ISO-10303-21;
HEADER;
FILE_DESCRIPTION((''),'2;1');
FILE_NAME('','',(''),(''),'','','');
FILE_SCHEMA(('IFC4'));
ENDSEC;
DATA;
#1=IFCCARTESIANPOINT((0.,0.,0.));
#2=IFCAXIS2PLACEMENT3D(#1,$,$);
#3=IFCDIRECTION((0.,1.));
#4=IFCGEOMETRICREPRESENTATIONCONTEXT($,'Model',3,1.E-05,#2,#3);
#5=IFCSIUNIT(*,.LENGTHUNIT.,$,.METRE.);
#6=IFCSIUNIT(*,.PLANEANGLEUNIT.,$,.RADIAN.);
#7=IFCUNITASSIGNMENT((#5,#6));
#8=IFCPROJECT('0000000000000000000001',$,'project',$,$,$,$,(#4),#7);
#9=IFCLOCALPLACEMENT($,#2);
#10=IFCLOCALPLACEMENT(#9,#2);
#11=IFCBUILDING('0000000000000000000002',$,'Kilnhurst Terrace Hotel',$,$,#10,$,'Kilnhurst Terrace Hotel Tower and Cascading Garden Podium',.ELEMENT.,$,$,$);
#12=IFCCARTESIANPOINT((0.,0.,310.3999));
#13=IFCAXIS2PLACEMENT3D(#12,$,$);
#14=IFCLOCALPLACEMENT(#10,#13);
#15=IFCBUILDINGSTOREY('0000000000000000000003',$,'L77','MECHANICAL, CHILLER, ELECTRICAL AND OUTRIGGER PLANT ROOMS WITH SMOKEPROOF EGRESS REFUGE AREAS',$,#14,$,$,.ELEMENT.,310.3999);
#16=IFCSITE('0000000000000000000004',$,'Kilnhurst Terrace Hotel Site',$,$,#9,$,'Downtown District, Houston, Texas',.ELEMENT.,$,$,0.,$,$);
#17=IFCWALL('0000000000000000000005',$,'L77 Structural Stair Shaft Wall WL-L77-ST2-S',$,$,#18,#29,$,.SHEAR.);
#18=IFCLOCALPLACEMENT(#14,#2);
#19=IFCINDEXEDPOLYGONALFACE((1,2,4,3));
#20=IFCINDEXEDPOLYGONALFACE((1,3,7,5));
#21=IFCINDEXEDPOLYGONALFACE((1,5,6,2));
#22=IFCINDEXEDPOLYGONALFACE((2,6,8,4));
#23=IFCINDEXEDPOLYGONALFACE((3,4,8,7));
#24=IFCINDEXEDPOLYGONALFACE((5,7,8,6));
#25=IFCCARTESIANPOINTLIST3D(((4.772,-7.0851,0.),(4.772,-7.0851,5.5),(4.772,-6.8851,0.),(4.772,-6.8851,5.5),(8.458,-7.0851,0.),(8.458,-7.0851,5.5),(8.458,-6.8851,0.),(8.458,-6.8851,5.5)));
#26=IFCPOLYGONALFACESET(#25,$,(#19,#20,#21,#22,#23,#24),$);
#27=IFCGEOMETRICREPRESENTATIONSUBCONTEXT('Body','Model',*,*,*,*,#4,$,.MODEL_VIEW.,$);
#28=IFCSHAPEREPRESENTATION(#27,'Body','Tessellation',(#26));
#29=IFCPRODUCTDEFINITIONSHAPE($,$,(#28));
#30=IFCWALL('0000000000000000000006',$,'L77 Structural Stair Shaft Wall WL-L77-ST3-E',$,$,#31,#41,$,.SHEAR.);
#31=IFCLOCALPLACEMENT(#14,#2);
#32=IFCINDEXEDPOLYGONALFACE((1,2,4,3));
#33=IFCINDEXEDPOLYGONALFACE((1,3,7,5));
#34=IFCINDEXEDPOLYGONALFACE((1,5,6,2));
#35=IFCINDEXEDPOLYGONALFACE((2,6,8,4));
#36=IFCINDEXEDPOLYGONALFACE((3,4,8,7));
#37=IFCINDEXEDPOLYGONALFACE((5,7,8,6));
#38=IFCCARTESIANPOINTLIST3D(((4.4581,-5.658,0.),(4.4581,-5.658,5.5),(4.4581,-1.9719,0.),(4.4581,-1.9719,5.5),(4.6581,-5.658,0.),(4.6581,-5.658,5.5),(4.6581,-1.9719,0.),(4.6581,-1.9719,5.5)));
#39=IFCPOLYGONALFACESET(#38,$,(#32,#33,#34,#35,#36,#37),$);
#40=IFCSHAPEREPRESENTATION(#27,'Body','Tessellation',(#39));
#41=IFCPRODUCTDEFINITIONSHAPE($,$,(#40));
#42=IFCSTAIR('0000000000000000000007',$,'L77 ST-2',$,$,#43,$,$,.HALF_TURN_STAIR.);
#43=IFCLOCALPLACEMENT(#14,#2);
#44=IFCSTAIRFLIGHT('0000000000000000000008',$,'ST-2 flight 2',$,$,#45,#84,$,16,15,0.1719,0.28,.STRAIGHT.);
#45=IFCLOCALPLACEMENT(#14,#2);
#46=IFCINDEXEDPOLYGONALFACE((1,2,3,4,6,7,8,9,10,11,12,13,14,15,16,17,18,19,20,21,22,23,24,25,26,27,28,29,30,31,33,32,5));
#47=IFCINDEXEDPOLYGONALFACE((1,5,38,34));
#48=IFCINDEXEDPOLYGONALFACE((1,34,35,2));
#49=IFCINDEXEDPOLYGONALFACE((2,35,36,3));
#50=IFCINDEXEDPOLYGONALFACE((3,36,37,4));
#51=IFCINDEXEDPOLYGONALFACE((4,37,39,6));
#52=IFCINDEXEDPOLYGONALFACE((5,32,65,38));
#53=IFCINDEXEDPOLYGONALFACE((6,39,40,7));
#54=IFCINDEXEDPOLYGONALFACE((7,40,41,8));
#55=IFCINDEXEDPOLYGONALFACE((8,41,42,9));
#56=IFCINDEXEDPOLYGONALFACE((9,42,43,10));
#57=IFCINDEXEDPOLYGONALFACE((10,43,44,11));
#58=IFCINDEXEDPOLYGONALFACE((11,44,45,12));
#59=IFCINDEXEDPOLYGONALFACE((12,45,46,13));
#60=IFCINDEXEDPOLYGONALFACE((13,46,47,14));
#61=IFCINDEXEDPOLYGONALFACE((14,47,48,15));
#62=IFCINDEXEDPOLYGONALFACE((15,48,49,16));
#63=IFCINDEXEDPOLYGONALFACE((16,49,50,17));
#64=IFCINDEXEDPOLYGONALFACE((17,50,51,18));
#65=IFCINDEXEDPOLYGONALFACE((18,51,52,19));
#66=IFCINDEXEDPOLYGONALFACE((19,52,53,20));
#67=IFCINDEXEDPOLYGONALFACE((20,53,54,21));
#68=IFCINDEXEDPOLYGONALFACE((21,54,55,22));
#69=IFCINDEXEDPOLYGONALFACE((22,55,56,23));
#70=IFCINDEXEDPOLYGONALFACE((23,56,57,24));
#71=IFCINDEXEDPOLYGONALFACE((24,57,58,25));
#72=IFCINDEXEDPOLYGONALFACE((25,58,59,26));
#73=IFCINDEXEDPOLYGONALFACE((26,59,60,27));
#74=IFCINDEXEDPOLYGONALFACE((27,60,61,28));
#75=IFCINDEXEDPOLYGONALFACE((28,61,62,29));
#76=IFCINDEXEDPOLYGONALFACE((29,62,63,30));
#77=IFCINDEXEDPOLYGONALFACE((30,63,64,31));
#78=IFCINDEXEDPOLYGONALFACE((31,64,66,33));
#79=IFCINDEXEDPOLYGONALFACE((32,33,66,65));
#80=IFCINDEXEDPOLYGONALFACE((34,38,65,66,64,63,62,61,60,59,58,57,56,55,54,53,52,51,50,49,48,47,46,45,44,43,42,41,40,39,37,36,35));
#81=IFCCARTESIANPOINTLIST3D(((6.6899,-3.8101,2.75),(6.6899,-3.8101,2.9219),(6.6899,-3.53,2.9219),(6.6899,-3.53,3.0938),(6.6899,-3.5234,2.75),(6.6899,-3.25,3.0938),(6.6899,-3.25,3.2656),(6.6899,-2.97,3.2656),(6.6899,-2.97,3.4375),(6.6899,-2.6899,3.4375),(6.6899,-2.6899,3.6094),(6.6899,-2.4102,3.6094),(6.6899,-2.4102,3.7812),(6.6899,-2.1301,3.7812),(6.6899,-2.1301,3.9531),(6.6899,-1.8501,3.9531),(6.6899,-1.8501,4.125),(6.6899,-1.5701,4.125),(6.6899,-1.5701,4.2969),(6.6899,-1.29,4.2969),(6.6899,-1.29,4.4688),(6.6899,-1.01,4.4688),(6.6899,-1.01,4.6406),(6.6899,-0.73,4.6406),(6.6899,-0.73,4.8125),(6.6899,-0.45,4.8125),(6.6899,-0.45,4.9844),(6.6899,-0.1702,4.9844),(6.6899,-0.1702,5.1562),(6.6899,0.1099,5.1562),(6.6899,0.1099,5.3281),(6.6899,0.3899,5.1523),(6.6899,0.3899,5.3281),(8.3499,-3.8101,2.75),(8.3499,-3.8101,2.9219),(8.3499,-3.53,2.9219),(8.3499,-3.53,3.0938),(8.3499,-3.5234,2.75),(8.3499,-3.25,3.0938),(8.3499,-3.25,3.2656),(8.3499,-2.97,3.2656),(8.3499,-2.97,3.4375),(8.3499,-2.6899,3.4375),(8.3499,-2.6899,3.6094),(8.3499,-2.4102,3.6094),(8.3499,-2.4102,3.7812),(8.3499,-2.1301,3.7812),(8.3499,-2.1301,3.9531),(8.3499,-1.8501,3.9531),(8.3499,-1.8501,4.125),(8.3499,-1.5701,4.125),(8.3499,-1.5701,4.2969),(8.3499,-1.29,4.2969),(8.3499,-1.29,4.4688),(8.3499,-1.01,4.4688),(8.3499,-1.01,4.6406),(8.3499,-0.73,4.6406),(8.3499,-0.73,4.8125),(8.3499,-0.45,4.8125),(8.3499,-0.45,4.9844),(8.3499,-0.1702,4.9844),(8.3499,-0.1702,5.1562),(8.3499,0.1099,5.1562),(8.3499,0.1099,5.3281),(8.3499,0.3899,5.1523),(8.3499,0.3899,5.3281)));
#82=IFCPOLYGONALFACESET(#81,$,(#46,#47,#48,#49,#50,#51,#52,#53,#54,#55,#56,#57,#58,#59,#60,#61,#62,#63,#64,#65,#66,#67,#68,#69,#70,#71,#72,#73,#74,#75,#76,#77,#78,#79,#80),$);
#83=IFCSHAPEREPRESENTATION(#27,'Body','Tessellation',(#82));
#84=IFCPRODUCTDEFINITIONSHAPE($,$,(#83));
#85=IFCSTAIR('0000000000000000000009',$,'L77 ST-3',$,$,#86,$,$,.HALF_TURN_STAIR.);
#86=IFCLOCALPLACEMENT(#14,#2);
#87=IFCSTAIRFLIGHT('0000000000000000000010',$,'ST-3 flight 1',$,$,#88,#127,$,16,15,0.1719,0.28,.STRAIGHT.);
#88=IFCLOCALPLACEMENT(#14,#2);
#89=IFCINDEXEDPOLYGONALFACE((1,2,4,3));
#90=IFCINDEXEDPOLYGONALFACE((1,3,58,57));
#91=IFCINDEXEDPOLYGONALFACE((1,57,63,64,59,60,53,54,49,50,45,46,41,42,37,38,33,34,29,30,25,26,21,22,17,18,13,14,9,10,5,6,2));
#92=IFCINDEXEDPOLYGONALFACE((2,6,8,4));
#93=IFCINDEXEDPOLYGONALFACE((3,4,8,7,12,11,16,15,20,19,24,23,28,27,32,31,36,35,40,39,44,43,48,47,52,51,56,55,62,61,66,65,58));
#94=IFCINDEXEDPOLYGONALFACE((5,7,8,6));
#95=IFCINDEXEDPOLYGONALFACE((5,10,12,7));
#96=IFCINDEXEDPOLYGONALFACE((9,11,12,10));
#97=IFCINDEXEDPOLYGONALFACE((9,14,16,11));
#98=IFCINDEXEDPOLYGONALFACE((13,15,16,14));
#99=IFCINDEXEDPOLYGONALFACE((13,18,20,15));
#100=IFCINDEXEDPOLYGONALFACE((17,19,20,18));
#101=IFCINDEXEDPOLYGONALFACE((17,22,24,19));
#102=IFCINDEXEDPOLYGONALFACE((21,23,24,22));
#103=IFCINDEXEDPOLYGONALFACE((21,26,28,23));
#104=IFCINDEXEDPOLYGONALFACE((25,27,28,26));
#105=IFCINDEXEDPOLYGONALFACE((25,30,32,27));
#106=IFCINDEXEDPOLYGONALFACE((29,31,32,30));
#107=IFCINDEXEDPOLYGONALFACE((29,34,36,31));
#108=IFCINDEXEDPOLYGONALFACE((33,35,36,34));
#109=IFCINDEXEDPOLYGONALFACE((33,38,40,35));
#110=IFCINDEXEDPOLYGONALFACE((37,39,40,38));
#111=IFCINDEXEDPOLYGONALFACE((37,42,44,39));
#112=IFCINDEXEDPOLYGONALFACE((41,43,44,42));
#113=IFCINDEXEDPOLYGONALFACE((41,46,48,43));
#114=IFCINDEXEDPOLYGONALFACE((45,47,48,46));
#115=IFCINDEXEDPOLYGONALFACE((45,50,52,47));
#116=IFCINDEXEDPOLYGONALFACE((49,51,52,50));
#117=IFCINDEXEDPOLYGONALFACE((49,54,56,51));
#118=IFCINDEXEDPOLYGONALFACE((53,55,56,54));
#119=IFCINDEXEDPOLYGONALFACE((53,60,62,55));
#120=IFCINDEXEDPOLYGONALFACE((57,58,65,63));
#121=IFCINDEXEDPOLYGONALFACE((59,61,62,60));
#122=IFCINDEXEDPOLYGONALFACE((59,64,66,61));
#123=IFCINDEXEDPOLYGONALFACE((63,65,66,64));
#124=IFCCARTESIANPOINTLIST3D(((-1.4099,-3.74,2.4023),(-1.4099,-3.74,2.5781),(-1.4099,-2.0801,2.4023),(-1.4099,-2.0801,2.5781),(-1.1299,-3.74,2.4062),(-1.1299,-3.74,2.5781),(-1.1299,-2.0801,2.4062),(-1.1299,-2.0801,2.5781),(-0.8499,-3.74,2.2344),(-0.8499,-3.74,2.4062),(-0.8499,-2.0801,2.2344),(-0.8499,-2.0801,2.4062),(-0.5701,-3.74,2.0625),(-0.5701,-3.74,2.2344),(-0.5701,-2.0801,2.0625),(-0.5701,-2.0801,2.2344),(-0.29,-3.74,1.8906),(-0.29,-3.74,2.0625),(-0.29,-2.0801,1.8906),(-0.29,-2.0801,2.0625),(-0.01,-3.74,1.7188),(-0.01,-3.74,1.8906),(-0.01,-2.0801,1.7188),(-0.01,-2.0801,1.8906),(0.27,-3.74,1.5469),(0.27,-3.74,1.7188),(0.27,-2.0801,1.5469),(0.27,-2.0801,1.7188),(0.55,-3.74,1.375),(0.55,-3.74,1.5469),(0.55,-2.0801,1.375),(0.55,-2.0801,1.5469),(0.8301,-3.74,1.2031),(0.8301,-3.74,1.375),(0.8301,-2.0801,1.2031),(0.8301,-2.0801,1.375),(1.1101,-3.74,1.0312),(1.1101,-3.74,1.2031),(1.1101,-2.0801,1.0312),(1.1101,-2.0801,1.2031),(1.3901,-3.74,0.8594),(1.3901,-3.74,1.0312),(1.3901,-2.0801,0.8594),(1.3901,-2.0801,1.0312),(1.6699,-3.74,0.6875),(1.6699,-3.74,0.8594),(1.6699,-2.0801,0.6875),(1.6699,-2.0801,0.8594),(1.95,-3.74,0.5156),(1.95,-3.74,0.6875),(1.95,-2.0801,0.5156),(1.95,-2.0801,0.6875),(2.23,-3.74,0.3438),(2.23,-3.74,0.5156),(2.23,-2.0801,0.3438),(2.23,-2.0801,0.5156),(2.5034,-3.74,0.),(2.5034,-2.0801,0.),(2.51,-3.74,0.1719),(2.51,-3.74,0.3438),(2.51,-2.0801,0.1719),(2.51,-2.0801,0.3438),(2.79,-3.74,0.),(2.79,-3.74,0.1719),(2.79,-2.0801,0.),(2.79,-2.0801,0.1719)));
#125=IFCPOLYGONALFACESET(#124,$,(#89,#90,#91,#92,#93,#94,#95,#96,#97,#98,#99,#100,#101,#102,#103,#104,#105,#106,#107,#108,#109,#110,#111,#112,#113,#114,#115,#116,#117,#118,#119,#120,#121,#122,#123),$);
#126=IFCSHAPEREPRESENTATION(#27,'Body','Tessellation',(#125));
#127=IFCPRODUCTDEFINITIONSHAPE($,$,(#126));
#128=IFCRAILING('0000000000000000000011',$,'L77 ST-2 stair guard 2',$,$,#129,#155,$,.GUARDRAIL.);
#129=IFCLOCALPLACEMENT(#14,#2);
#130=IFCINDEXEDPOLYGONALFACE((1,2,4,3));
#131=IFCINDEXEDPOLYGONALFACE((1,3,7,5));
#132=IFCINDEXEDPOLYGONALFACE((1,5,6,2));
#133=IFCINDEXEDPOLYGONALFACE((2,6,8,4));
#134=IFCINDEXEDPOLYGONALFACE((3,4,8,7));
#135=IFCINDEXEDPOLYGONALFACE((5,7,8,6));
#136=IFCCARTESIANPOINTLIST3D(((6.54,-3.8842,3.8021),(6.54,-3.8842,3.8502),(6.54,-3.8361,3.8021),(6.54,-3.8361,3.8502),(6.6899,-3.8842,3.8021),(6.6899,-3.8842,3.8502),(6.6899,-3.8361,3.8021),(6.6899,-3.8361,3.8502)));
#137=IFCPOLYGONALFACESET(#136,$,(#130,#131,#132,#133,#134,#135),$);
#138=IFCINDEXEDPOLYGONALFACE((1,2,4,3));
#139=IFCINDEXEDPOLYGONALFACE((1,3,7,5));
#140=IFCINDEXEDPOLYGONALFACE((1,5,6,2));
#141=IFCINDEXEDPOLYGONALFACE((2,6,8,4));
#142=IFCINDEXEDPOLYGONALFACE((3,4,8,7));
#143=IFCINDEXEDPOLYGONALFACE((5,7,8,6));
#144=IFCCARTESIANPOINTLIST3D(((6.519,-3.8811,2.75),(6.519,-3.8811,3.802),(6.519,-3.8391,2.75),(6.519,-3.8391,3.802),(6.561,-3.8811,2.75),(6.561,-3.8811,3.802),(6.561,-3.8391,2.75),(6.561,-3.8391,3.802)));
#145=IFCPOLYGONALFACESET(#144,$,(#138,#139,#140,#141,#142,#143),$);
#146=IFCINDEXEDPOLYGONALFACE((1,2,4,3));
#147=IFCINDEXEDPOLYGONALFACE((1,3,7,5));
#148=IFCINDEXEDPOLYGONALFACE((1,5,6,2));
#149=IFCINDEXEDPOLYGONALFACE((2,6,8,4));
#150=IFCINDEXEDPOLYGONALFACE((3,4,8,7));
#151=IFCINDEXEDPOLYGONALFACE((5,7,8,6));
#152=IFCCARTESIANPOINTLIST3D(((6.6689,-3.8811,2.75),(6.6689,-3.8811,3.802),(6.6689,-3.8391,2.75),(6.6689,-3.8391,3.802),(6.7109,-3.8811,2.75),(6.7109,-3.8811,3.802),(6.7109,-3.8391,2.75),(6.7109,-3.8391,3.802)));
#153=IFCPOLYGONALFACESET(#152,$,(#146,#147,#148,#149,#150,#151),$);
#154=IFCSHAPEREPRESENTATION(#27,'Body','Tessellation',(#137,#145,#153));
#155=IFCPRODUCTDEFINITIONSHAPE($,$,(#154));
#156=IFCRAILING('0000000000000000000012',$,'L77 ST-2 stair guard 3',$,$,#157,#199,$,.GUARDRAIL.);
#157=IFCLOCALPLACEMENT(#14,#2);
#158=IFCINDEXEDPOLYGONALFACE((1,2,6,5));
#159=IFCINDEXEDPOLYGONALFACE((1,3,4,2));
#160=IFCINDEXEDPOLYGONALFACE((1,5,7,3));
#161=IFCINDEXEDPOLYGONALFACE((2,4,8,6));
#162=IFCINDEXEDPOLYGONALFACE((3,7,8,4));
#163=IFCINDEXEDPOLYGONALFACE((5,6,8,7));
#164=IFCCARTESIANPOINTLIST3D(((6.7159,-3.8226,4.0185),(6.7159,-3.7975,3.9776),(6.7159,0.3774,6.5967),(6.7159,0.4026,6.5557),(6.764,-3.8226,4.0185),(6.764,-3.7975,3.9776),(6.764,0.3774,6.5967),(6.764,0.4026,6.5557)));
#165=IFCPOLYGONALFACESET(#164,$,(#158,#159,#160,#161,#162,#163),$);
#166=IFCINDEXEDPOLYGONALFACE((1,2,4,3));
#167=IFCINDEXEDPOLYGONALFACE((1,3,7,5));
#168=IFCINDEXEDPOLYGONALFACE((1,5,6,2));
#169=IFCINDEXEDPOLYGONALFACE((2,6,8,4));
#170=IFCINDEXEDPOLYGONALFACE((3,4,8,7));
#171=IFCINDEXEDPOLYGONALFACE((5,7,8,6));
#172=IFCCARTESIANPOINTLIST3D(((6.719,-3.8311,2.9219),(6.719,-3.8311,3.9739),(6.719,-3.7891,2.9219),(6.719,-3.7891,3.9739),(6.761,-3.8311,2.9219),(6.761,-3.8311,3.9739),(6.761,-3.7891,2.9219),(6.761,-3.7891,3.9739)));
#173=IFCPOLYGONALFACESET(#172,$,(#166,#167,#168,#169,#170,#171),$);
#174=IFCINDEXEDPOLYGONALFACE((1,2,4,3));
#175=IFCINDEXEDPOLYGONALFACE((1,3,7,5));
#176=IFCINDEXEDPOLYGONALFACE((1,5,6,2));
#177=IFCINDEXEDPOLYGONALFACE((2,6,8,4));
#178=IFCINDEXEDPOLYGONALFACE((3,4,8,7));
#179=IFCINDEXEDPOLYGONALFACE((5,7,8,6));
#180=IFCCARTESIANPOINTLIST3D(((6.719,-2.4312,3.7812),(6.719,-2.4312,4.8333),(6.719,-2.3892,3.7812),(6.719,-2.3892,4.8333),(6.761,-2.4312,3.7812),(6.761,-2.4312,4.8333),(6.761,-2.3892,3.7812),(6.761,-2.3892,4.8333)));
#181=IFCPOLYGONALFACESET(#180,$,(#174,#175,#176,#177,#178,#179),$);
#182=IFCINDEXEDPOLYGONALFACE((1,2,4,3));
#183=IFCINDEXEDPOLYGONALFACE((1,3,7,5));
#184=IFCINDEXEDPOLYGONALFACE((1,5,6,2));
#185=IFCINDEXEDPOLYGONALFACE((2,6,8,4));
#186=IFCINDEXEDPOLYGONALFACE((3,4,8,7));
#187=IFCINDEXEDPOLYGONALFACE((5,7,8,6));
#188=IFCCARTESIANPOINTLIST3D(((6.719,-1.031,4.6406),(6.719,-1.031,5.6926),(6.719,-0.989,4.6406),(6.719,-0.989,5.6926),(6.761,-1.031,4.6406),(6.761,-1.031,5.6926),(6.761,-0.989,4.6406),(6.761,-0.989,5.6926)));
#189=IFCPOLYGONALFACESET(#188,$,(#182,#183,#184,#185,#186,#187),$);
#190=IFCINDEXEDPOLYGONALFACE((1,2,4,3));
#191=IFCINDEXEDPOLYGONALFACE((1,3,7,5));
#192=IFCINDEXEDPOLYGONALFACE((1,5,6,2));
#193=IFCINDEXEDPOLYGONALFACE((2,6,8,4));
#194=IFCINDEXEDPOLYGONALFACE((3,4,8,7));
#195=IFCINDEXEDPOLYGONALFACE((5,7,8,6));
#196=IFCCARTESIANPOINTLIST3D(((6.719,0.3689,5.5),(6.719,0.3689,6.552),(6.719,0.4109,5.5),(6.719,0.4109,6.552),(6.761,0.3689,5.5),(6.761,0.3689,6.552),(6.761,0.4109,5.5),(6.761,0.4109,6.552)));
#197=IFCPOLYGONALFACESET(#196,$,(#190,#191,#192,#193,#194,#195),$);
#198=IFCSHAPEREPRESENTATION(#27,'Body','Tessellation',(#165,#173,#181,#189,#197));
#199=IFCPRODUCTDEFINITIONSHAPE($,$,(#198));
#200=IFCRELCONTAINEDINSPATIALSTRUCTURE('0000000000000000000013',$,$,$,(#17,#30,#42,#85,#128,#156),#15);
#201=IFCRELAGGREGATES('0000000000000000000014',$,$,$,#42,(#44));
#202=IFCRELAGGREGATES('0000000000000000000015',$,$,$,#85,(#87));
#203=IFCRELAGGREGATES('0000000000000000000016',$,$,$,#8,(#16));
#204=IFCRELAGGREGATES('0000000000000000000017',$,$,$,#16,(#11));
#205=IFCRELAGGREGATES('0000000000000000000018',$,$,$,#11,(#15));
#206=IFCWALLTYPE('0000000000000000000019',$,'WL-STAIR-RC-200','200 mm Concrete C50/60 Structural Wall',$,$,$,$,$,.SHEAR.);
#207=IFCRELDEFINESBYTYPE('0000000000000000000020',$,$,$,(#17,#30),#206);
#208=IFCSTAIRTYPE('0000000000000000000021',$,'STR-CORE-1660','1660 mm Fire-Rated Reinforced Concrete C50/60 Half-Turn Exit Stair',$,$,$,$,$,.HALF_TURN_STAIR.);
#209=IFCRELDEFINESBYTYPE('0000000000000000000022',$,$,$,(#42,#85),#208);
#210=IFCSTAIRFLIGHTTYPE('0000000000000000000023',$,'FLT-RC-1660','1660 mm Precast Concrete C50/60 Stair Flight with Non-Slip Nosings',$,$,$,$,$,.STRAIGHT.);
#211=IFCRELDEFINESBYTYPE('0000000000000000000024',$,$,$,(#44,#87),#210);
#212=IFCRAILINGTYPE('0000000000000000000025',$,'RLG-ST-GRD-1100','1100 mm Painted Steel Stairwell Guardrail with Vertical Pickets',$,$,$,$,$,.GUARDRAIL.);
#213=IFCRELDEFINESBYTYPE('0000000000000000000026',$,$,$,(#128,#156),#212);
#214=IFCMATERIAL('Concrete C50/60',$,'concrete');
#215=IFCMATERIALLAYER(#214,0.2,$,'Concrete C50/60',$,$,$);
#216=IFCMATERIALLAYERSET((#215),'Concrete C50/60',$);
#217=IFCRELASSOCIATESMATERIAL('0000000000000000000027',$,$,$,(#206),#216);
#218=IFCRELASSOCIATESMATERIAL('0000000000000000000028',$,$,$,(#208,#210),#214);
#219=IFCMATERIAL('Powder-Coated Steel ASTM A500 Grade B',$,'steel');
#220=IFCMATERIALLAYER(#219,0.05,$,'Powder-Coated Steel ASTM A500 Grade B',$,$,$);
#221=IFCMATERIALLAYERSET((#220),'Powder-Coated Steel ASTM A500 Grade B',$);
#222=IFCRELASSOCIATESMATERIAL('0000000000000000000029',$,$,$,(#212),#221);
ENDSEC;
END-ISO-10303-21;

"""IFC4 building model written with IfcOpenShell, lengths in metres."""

from ifc_helpers import new_model, si_unit, direction, frame, frame_2d, origin, origin_2d, place, context, subcontext, project, spatial, polyline, rectangle, outline, extrude, material, layer, layer_set, type_object, element, aggregate, save


model = new_model("IFC4")

# Units and contexts
model_context = context("Model", 3, precision=1e-05, world=origin(), true_north=direction((0.0, 1.0)))
body_context = subcontext(model_context, "Body", "Model", "MODEL_VIEW")
ifc_project = project(units=[si_unit("LENGTHUNIT", "METRE"), si_unit("PLANEANGLEUNIT", "RADIAN")], contexts=[model_context])

# Site, building, storey
site_placement = place(None, origin())
site = spatial("IfcSite", under=ifc_project, at=site_placement, Name="Kilnhurst Terrace Hotel Site", LongName="Downtown District, Houston, Texas", CompositionType="ELEMENT", RefElevation=0.0)
building_placement = place(site_placement, origin())
building = spatial("IfcBuilding", under=site, at=building_placement, Name="Kilnhurst Terrace Hotel", LongName="Kilnhurst Terrace Hotel Tower and Cascading Garden Podium", CompositionType="ELEMENT")
storey_placement = place(building_placement, frame((0.0, 0.0, 310.3999)))
storey = spatial("IfcBuildingStorey", under=building, at=storey_placement, Name="L77", Description="MECHANICAL, CHILLER, ELECTRICAL AND OUTRIGGER PLANT ROOMS WITH SMOKEPROOF EGRESS REFUGE AREAS", CompositionType="ELEMENT", Elevation=310.3999)

# Shared definitions
ifc_material_1 = material(Name="Concrete C50/60", Category="concrete")

# Walls
ifc_layer_1 = layer(ifc_material_1, 0.2, Name="Concrete C50/60")
ifc_layer_set_1 = layer_set([ifc_layer_1], Name="Concrete C50/60")
wall_type_1 = type_object("IfcWallType", Name="WL-STAIR-RC-200", Description="200 mm Concrete C50/60 Structural Wall", PredefinedType="SHEAR", material=ifc_layer_set_1)
for number, where, z_axis, x_axis, name in (
    (1, (4.772, -6.9851, 0.0), (0.0, 0.0, 1.0), (1.0, 0.0, 0.0), "L77 Structural Stair Shaft Wall WL-L77-ST2-S"),
    (2, (4.5581, -5.658, 0.0), (0.0, 0.0, 1.0), (0.0, 1.0, 0.0), "L77 Structural Stair Shaft Wall WL-L77-ST3-E"),
):
    element("IfcWall", number, at=place(storey_placement, frame(where, z_axis=z_axis, x_axis=x_axis)), inside=storey, type_object=wall_type_1, Name=name, PredefinedType="SHEAR", context=body_context, shape_type="SweptSolid", body=[
        extrude(rectangle(XDim=3.686, YDim=0.2, at=frame_2d((1.843, 0.0))), origin(), (0.0, 0.0, 1.0), 5.5),
    ])

# Stairs, stair flights
stair_type = type_object("IfcStairType", Name="STR-CORE-1660", Description="1660 mm Fire-Rated Reinforced Concrete C50/60 Half-Turn Exit Stair", PredefinedType="HALF_TURN_STAIR", material=ifc_material_1)
stair_1_placement = place(storey_placement, origin())
stair_1 = element("IfcStair", 3, at=stair_1_placement, inside=storey, type_object=stair_type, Name="L77 ST-2", PredefinedType="HALF_TURN_STAIR")
stair_flight_type = type_object("IfcStairFlightType", Name="FLT-RC-1660", Description="1660 mm Precast Concrete C50/60 Stair Flight with Non-Slip Nosings", PredefinedType="STRAIGHT", material=ifc_material_1)
stair_flight_1_placement = place(storey_placement, frame((7.52, -3.8101, 2.75), z_axis=(0.0, 0.0, 1.0), x_axis=(0.0, 1.0, 0.0)))
stair_flight_1 = element("IfcStairFlight", 4, at=stair_flight_1_placement, type_object=stair_flight_type, Name="ST-2 flight 2", NumberOfRisers=16, NumberOfTreads=15, PredefinedType="STRAIGHT", RiserHeight=0.1719, TreadLength=0.28, context=body_context, shape_type="SweptSolid", body=[
    extrude(outline(polyline([(0.0, 0.0), (0.0, 0.1719), (0.28, 0.1719), (0.28, 0.3438), (0.5601, 0.3438), (0.5601, 0.5156), (0.8401, 0.5156), (0.8401, 0.6875), (1.1201, 0.6875), (1.1201, 0.8594), (1.3999, 0.8594), (1.3999, 1.0312), (1.6799, 1.0312), (1.6799, 1.2031), (1.96, 1.2031), (1.96, 1.375), (2.24, 1.375), (2.24, 1.5469), (2.52, 1.5469), (2.52, 1.7188), (2.8, 1.7188), (2.8, 1.8906), (3.0801, 1.8906), (3.0801, 2.0625), (3.3601, 2.0625), (3.3601, 2.2344), (3.6399, 2.2344), (3.6399, 2.4062), (3.9199, 2.4062), (3.9199, 2.5781), (4.2, 2.5781), (4.2, 2.75), (4.2, 2.4023), (0.2866, 0.0), (0.0, 0.0)])), frame((0.0, 0.8301, 0.0), z_axis=(0.0, -1.0, 0.0), x_axis=(1.0, 0.0, 0.0)), (0.0, 0.0, 1.0), 1.6599),
])
aggregate(stair_1, [stair_flight_1])
stair_2_placement = place(storey_placement, origin())
stair_2 = element("IfcStair", 5, at=stair_2_placement, inside=storey, type_object=stair_type, Name="L77 ST-3", PredefinedType="HALF_TURN_STAIR")
stair_flight_2_placement = place(storey_placement, frame((2.79, -2.9099, 0.0), z_axis=(0.0, 0.0, 1.0), x_axis=(-1.0, 0.0, 0.0)))
stair_flight_2 = element("IfcStairFlight", 6, at=stair_flight_2_placement, type_object=stair_flight_type, Name="ST-3 flight 1", NumberOfRisers=16, NumberOfTreads=15, PredefinedType="STRAIGHT", RiserHeight=0.1719, TreadLength=0.28, context=body_context, shape_type="SweptSolid", body=[
    extrude(outline(polyline([(0.0, 0.0), (0.0, 0.1719), (0.28, 0.1719), (0.28, 0.3438), (0.5601, 0.3438), (0.5601, 0.5156), (0.8401, 0.5156), (0.8401, 0.6875), (1.1201, 0.6875), (1.1201, 0.8594), (1.3999, 0.8594), (1.3999, 1.0312), (1.6799, 1.0312), (1.6799, 1.2031), (1.96, 1.2031), (1.96, 1.375), (2.24, 1.375), (2.24, 1.5469), (2.52, 1.5469), (2.52, 1.7188), (2.8, 1.7188), (2.8, 1.8906), (3.0801, 1.8906), (3.0801, 2.0625), (3.3601, 2.0625), (3.3601, 2.2344), (3.6399, 2.2344), (3.6399, 2.4062), (3.9199, 2.4062), (3.9199, 2.5781), (4.2, 2.5781), (4.2, 2.75), (4.2, 2.4023), (0.2866, 0.0), (0.0, 0.0)])), frame((0.0, 0.8301, 0.0), z_axis=(0.0, -1.0, 0.0), x_axis=(1.0, 0.0, 0.0)), (0.0, 0.0, 1.0), 1.6599),
])
aggregate(stair_2, [stair_flight_2])

# Railings
ifc_material_2 = material(Name="Powder-Coated Steel ASTM A500 Grade B", Category="steel")
ifc_layer_2 = layer(ifc_material_2, 0.05, Name="Powder-Coated Steel ASTM A500 Grade B")
ifc_layer_set_2 = layer_set([ifc_layer_2], Name="Powder-Coated Steel ASTM A500 Grade B")
railing_type_1 = type_object("IfcRailingType", Name="RLG-ST-GRD-1100", Description="1100 mm Painted Steel Stairwell Guardrail with Vertical Pickets", PredefinedType="GUARDRAIL", material=ifc_layer_set_2)
railing_1_placement = place(storey_placement, frame((6.54, -3.8601, 2.75)))
element("IfcRailing", 7, at=railing_1_placement, inside=storey, type_object=railing_type_1, Name="L77 ST-2 stair guard 2", PredefinedType="GUARDRAIL", context=body_context, shape_type="SweptSolid", body=[
    extrude(rectangle(XDim=0.0481, YDim=0.0481, at=origin_2d()), frame((0.0, 0.0, 1.0762), z_axis=(1.0, 0.0, 0.0), x_axis=(0.0, 1.0, 0.0)), (0.0, 0.0, 1.0), 0.1499),
    extrude(rectangle(XDim=0.042, YDim=0.042, at=origin_2d()), origin(), (0.0, 0.0, 1.0), 1.052),
    extrude(rectangle(XDim=0.042, YDim=0.042, at=origin_2d()), frame((0.1499, 0.0, 0.0)), (0.0, 0.0, 1.0), 1.052),
])
railing_2_placement = place(storey_placement, frame((6.74, -3.8101, 2.9219)))
element("IfcRailing", 8, at=railing_2_placement, inside=storey, type_object=railing_type_1, Name="L77 ST-2 stair guard 3", PredefinedType="GUARDRAIL", context=body_context, shape_type="SweptSolid", body=[
    extrude(rectangle(XDim=0.0481, YDim=0.0481, at=origin_2d()), frame((0.0, 0.0, 1.0762), z_axis=(0.0, 0.852243, 0.523146), x_axis=(-1.0, 0.0, 0.0)), (0.0, 0.0, 1.0), 4.9282),
    extrude(rectangle(XDim=0.042, YDim=0.042, at=origin_2d()), origin(), (0.0, 0.0, 1.0), 1.052),
    extrude(rectangle(XDim=0.042, YDim=0.042, at=origin_2d()), frame((0.0, 1.3999, 0.8594)), (0.0, 0.0, 1.0), 1.052),
    extrude(rectangle(XDim=0.042, YDim=0.042, at=origin_2d()), frame((0.0, 2.8, 1.7188)), (0.0, 0.0, 1.0), 1.052),
    extrude(rectangle(XDim=0.042, YDim=0.042, at=origin_2d()), frame((0.0, 4.2, 2.5781)), (0.0, 0.0, 1.0), 1.052),
])

save(model, "model.ifc")
